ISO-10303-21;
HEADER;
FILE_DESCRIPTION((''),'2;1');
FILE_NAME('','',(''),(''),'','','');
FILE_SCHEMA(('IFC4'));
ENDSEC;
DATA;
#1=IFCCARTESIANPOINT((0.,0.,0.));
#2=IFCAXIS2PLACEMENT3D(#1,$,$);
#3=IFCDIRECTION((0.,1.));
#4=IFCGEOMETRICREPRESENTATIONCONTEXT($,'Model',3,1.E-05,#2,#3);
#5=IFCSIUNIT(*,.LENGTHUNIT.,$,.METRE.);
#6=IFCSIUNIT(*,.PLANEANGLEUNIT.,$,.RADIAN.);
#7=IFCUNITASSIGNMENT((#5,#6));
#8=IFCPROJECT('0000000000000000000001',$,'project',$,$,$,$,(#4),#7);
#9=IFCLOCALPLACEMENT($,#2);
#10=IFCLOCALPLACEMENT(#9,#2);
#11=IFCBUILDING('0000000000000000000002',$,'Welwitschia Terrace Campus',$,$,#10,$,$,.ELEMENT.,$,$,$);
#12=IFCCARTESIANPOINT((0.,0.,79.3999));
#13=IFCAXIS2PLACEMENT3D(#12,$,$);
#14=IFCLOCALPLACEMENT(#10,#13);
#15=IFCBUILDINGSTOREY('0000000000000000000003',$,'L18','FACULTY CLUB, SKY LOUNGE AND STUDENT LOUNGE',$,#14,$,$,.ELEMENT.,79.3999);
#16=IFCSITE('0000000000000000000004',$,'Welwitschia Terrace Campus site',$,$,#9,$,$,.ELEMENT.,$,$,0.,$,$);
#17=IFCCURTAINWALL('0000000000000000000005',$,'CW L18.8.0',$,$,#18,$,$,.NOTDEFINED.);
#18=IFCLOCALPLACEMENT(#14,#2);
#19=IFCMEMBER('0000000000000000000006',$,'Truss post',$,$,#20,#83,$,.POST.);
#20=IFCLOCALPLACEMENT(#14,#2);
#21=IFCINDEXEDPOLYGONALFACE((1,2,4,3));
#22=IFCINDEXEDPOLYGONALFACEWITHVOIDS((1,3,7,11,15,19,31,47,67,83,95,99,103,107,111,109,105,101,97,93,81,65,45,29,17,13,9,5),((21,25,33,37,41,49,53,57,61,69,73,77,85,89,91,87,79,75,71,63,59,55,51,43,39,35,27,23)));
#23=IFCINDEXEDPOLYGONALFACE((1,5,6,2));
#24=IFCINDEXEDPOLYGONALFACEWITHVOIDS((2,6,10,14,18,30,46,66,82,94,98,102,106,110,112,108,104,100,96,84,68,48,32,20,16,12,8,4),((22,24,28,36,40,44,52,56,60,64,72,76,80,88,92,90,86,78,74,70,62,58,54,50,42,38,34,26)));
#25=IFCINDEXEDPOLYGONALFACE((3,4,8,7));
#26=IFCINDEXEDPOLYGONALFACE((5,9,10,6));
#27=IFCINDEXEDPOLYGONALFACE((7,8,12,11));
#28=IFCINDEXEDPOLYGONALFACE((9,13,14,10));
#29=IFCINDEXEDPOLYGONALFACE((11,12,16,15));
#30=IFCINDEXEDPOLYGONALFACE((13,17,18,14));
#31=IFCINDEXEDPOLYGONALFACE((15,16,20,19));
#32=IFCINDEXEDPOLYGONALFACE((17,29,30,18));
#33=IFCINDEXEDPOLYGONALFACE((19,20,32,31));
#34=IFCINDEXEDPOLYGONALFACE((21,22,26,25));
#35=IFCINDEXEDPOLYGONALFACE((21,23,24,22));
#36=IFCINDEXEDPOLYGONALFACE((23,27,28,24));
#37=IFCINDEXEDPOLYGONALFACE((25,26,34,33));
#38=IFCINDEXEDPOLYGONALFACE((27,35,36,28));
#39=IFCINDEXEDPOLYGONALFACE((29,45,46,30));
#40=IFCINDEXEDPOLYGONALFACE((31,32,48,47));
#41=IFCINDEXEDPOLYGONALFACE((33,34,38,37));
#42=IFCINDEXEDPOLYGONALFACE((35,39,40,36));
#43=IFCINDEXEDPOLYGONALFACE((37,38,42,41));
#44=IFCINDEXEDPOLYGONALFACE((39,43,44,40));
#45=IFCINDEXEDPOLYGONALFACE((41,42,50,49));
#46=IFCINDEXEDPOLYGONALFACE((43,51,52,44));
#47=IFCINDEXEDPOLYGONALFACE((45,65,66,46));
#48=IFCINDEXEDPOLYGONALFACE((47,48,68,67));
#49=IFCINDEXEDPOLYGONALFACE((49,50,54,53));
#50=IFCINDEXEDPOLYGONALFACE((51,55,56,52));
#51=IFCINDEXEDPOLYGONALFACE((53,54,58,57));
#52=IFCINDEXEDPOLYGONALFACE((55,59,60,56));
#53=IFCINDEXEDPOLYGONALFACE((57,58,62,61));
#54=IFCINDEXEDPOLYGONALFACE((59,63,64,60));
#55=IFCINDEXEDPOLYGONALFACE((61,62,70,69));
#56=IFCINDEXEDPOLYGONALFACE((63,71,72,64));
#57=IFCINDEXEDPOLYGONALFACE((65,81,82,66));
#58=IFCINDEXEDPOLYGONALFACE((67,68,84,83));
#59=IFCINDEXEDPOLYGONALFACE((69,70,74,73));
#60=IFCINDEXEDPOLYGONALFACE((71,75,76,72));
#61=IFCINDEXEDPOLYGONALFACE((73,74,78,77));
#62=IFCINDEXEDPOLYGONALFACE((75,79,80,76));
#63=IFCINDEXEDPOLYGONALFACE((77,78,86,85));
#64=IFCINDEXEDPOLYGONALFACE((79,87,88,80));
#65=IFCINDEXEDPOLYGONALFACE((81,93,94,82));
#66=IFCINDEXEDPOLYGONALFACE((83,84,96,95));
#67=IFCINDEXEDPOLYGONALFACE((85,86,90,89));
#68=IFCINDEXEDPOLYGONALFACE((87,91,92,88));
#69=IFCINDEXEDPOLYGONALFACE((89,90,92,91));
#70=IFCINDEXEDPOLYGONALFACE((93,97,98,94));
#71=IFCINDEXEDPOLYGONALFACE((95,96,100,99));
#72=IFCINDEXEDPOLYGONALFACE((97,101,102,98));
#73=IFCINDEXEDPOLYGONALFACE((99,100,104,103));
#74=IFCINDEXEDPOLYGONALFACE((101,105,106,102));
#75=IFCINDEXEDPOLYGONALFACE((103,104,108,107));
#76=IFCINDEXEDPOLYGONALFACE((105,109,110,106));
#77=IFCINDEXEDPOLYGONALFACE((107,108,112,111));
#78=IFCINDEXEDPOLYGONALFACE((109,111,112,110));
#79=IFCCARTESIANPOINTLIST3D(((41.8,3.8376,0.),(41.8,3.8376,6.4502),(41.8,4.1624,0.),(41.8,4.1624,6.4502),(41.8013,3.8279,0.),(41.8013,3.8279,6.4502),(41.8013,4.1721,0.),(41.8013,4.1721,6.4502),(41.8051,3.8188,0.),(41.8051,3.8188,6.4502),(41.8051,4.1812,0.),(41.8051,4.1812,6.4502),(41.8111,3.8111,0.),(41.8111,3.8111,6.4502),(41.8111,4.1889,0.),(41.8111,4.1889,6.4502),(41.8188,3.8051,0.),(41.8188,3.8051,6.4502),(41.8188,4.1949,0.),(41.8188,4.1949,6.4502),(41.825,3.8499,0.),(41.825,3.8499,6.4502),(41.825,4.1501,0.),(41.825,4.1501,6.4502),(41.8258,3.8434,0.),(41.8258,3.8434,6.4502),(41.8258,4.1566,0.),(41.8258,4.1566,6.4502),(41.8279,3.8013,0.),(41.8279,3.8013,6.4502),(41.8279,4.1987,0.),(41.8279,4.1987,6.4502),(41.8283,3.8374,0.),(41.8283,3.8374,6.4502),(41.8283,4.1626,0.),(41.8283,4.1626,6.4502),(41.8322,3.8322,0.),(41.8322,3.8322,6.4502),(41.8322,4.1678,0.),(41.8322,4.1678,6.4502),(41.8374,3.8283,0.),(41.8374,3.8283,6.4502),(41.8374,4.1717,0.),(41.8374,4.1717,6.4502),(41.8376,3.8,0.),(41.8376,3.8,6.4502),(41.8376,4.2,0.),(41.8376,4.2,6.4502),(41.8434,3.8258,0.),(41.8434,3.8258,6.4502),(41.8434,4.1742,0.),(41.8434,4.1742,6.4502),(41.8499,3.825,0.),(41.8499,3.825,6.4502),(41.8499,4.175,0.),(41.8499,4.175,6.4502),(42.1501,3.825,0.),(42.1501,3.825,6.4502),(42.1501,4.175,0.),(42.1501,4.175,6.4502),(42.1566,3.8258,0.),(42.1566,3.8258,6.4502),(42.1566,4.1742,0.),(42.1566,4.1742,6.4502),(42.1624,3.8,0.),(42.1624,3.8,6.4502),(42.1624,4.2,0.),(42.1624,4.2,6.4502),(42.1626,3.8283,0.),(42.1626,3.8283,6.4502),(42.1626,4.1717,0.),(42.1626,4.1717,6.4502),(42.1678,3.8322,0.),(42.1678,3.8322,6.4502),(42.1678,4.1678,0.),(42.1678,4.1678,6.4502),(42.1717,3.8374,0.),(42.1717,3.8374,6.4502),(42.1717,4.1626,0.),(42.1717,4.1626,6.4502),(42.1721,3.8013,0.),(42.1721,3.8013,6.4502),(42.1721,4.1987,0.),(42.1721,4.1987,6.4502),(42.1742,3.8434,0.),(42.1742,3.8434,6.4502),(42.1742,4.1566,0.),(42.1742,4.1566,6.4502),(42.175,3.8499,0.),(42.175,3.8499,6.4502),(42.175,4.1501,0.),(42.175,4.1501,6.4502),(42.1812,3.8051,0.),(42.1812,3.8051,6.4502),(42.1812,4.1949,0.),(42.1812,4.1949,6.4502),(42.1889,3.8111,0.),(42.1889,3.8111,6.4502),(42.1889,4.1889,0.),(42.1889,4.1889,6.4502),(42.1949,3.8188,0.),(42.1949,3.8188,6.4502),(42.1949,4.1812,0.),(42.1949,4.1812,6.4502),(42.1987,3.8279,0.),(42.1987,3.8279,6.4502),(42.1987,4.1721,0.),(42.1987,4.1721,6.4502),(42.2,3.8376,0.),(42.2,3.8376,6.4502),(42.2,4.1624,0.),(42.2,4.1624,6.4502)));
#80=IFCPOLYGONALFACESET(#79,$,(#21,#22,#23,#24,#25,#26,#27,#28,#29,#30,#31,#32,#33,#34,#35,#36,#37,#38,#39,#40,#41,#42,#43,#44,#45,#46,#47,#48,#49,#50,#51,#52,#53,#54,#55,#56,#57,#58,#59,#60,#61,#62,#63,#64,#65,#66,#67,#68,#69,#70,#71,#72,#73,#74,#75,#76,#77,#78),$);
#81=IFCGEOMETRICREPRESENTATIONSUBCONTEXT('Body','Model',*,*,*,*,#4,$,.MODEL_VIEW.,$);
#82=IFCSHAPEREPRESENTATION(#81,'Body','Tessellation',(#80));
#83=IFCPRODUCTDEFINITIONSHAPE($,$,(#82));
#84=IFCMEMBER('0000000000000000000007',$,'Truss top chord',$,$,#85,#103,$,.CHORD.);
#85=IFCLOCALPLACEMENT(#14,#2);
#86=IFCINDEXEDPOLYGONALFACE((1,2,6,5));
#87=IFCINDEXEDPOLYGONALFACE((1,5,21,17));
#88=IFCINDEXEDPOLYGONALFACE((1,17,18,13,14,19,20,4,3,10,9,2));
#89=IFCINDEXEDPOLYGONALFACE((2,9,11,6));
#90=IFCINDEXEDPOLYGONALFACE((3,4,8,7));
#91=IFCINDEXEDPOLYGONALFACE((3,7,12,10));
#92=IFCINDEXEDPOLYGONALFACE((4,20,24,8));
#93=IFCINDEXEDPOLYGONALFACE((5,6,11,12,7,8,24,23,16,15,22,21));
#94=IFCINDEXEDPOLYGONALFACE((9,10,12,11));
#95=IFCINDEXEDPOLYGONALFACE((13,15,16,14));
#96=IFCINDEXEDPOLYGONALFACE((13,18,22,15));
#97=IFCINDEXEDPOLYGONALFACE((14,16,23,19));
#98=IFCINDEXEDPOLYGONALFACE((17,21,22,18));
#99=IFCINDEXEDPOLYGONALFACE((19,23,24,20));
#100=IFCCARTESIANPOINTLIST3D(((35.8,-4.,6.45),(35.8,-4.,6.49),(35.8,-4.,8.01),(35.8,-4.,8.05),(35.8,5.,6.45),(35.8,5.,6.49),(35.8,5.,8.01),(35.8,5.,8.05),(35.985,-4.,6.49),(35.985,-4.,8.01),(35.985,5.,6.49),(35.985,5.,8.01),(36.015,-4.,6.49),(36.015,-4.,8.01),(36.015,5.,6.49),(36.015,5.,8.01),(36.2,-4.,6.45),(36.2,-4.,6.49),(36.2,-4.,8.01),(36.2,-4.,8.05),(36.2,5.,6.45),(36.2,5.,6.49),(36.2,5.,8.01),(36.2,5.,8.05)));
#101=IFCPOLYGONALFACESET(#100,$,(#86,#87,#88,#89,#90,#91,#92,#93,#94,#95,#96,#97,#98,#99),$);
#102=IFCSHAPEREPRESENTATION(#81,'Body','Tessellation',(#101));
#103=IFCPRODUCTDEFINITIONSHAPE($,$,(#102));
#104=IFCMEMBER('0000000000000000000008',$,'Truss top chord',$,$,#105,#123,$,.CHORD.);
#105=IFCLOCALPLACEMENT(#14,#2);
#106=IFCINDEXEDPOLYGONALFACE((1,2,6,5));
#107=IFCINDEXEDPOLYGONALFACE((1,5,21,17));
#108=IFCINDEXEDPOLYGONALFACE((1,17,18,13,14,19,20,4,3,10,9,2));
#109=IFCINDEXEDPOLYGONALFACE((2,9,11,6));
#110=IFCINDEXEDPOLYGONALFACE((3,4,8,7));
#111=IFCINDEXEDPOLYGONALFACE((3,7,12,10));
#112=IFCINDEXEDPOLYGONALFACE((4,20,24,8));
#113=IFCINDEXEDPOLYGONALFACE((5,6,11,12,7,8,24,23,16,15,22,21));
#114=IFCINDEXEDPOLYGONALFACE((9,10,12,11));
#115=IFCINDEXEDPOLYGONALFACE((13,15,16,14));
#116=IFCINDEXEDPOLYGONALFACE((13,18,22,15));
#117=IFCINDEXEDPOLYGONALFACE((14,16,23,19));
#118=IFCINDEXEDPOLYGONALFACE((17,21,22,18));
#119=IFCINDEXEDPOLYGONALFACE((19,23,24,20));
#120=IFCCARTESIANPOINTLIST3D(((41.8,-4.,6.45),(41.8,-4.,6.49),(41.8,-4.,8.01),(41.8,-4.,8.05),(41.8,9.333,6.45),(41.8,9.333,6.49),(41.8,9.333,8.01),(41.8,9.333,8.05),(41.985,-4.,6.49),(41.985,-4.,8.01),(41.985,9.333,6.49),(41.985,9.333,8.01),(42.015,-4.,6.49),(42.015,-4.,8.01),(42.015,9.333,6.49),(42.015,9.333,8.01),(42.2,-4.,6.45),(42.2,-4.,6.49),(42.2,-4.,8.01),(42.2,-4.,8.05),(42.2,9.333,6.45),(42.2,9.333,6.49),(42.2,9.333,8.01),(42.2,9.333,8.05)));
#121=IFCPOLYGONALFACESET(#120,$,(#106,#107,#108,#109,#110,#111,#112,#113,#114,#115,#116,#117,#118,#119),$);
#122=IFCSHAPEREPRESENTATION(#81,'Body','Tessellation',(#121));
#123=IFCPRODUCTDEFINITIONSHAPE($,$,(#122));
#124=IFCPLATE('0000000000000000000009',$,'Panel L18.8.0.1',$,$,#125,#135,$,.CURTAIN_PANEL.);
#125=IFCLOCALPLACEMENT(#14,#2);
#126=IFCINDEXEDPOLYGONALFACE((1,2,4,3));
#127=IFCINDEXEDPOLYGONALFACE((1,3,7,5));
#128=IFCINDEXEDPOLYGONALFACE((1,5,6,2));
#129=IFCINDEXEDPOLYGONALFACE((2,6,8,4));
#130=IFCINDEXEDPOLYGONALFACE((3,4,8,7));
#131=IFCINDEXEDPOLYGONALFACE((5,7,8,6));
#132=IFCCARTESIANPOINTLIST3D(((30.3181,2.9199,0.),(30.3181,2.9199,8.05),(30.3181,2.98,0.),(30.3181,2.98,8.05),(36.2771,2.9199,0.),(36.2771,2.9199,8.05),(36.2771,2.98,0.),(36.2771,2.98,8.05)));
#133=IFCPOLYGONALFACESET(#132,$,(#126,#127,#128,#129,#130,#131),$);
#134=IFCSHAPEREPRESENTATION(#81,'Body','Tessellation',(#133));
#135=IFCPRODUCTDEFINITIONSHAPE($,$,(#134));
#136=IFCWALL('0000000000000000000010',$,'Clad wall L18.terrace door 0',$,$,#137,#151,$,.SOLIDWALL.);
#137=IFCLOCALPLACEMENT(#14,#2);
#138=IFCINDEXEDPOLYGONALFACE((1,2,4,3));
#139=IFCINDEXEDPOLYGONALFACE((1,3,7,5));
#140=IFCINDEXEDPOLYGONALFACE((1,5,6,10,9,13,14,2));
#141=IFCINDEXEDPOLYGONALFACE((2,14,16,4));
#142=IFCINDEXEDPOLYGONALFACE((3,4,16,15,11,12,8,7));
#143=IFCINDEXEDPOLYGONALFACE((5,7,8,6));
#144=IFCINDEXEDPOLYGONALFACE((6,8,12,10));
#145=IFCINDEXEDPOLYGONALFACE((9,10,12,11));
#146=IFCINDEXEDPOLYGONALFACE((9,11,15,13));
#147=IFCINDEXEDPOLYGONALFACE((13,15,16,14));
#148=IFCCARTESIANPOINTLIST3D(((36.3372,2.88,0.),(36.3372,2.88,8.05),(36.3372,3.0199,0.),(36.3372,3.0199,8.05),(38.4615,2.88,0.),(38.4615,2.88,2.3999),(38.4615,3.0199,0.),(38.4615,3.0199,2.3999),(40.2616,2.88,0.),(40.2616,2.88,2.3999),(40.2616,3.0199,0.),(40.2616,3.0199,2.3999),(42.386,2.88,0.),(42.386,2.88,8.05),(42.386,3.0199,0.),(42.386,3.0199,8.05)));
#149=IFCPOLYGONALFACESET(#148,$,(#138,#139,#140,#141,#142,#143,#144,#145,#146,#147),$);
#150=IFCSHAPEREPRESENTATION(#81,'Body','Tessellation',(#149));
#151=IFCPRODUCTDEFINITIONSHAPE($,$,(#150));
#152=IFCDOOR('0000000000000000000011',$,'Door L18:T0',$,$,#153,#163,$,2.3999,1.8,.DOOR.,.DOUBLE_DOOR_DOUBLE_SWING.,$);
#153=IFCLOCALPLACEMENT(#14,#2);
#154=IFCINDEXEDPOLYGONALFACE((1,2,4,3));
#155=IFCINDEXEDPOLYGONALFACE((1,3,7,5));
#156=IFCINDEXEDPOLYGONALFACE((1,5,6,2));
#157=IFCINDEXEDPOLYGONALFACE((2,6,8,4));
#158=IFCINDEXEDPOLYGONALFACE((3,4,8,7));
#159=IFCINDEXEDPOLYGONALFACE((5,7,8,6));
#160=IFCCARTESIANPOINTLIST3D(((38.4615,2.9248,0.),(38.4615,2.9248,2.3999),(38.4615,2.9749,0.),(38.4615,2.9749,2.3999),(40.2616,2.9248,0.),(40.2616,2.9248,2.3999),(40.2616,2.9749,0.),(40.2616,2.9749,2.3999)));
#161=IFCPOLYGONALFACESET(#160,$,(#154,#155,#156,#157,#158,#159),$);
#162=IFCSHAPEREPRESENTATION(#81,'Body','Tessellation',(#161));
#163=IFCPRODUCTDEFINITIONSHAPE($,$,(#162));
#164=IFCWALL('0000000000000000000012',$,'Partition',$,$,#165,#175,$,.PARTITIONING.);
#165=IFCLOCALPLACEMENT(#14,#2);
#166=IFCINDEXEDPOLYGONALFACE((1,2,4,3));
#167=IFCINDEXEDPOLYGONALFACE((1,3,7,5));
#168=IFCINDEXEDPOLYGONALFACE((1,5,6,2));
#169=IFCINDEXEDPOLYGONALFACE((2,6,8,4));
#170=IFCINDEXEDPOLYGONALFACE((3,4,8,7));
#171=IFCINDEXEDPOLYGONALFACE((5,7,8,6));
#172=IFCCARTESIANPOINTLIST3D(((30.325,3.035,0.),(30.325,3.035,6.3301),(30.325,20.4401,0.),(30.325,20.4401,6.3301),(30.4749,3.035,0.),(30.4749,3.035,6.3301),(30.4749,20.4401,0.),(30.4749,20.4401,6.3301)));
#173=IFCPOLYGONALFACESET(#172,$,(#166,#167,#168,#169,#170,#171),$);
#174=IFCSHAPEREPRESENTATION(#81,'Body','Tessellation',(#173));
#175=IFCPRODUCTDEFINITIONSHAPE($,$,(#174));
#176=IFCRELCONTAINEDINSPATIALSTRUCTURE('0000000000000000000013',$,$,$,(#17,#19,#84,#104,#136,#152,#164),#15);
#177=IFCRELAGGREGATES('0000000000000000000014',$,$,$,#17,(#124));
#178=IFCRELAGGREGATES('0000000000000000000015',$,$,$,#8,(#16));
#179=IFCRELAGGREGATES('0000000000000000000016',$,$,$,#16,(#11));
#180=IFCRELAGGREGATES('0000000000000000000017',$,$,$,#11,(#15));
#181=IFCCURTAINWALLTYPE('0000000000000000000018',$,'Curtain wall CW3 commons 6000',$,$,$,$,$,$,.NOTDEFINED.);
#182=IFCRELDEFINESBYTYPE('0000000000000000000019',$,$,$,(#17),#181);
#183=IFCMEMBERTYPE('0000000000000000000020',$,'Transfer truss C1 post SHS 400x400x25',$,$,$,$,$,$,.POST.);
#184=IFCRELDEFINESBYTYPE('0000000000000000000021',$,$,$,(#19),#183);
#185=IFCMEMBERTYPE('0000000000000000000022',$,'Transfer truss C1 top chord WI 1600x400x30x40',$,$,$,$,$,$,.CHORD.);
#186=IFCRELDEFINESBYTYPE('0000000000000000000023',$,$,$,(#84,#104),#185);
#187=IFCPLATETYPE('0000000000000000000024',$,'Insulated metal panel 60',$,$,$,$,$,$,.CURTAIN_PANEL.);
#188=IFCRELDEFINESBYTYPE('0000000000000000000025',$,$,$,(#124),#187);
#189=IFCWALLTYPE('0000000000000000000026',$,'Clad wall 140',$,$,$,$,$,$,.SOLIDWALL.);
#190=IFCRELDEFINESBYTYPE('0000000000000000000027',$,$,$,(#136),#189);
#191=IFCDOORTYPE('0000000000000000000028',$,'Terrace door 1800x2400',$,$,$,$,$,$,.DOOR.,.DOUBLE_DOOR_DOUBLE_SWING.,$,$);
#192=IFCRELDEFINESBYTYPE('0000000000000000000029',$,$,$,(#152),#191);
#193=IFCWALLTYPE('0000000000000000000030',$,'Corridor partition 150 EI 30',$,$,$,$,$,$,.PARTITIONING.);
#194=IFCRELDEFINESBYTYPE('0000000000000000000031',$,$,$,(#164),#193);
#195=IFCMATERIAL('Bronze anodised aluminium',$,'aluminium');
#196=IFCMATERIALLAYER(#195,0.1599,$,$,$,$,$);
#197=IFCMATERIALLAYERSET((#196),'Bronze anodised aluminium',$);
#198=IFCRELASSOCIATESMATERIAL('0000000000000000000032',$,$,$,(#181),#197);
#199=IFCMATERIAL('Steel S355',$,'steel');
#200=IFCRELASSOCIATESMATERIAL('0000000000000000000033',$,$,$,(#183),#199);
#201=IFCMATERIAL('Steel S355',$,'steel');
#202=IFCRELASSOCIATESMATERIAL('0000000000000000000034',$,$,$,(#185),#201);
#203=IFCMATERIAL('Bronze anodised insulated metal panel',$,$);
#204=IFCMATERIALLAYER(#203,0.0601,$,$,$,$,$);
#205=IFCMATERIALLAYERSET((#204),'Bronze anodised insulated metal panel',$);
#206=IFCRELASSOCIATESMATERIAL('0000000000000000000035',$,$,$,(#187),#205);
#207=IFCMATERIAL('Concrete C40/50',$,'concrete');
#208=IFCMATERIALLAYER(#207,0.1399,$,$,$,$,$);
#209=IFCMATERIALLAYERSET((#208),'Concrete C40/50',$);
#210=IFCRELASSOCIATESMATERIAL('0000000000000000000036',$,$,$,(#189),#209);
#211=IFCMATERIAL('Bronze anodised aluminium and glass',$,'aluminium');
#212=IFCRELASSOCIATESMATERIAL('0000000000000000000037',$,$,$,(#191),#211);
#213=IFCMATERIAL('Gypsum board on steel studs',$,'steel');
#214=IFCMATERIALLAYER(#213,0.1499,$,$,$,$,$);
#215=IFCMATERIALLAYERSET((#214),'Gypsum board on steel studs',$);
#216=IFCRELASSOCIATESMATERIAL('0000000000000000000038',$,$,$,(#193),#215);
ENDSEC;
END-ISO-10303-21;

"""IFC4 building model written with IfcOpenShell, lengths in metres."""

from ifc_helpers import new_model, si_unit, direction, frame, frame_2d, origin, origin_2d, place, context, subcontext, project, spatial, rectangle, hollow_rectangle, i_section, extrude, material, layer, layer_set, material_profile, profile_set, type_object, element, fill, aggregate, save


model = new_model("IFC4")

# Units and contexts
model_context = context("Model", 3, precision=1e-05, world=origin(), true_north=direction((0.0, 1.0)))
body_context = subcontext(model_context, "Body", "Model", "MODEL_VIEW")
ifc_project = project(units=[si_unit("LENGTHUNIT", "METRE"), si_unit("PLANEANGLEUNIT", "RADIAN")], contexts=[model_context])

# Site, building, storey
site_placement = place(None, origin())
site = spatial("IfcSite", under=ifc_project, at=site_placement, Name="Welwitschia Terrace Campus site", CompositionType="ELEMENT", RefElevation=0.0)
building_placement = place(site_placement, origin())
building = spatial("IfcBuilding", under=site, at=building_placement, Name="Welwitschia Terrace Campus", CompositionType="ELEMENT")
storey_placement = place(building_placement, frame((0.0, 0.0, 79.3999)))
storey = spatial("IfcBuildingStorey", under=building, at=storey_placement, Name="L18", Description="FACULTY CLUB, SKY LOUNGE AND STUDENT LOUNGE", CompositionType="ELEMENT", Elevation=79.3999)

# Curtain wall
ifc_material_1 = material(Name="Bronze anodised aluminium", Category="aluminium")
ifc_layer_1 = layer(ifc_material_1, 0.1599)
ifc_layer_set_1 = layer_set([ifc_layer_1], Name="Bronze anodised aluminium")
curtain_wall_type = type_object("IfcCurtainWallType", Name="Curtain wall CW3 commons 6000", PredefinedType="NOTDEFINED", material=ifc_layer_set_1)
curtain_wall_placement = place(storey_placement, origin())
curtain_wall = element("IfcCurtainWall", 1, at=curtain_wall_placement, inside=storey, type_object=curtain_wall_type, Name="CW L18.8.0", PredefinedType="NOTDEFINED")

# Members
ifc_material_2 = material(Name="Steel S355", Category="steel")
ifc_material_profile_1 = material_profile(ifc_material_2, hollow_rectangle(XDim=0.3999, YDim=0.3999, WallThickness=0.0249, InnerFilletRadius=0.0249, OuterFilletRadius=0.0376, at=origin_2d()))
ifc_profile_set_1 = profile_set([ifc_material_profile_1], Name="Steel S355")
member_type_1 = type_object("IfcMemberType", Name="Transfer truss C1 post SHS 400x400x25", PredefinedType="POST", material=ifc_profile_set_1)
for number, where, z_axis, x_axis, name in (
    (2, (42.0, 4.0, 0.0), (0.0, 0.0, 1.0), (1.0, 0.0, 0.0), "Truss post"),
):
    element("IfcMember", number, at=place(storey_placement, frame(where, z_axis=z_axis, x_axis=x_axis)), inside=storey, type_object=member_type_1, Name=name, PredefinedType="POST", context=body_context, shape_type="SweptSolid", body=[
        extrude(hollow_rectangle(XDim=0.3999, YDim=0.3999, WallThickness=0.0249, InnerFilletRadius=0.0249, OuterFilletRadius=0.0376, at=origin_2d()), origin(), (0.0, 0.0, 1.0), 6.4502),
    ])
ifc_material_3 = material(Name="Steel S355", Category="steel")
ifc_material_profile_2 = material_profile(ifc_material_3, i_section(OverallWidth=0.3999, OverallDepth=1.6001, WebThickness=0.03, FlangeThickness=0.04, at=origin_2d()))
ifc_profile_set_2 = profile_set([ifc_material_profile_2], Name="Steel S355")
member_type_2 = type_object("IfcMemberType", Name="Transfer truss C1 top chord WI 1600x400x30x40", PredefinedType="CHORD", material=ifc_profile_set_2)
member_1_placement = place(storey_placement, frame((36.0, -4.0, 7.25), z_axis=(0.0, 1.0, 0.0), x_axis=(-1.0, 0.0, 0.0)))
element("IfcMember", 3, at=member_1_placement, inside=storey, type_object=member_type_2, Name="Truss top chord", PredefinedType="CHORD", context=body_context, shape_type="SweptSolid", body=[
    extrude(i_section(OverallWidth=0.3999, OverallDepth=1.6001, WebThickness=0.03, FlangeThickness=0.04, at=origin_2d()), origin(), (0.0, 0.0, 1.0), 9.0),
])
member_2_placement = place(storey_placement, frame((42.0, -4.0, 7.25), z_axis=(0.0, 1.0, 0.0), x_axis=(-1.0, 0.0, 0.0)))
element("IfcMember", 4, at=member_2_placement, inside=storey, type_object=member_type_2, Name="Truss top chord", PredefinedType="CHORD", context=body_context, shape_type="SweptSolid", body=[
    extrude(i_section(OverallWidth=0.3999, OverallDepth=1.6001, WebThickness=0.03, FlangeThickness=0.04, at=origin_2d()), origin(), (0.0, 0.0, 1.0), 13.333),
])

# Plate
ifc_material_4 = material(Name="Bronze anodised insulated metal panel")
ifc_layer_2 = layer(ifc_material_4, 0.0601)
ifc_layer_set_2 = layer_set([ifc_layer_2], Name="Bronze anodised insulated metal panel")
plate_type = type_object("IfcPlateType", Name="Insulated metal panel 60", PredefinedType="CURTAIN_PANEL", material=ifc_layer_set_2)
plate_placement = place(storey_placement, frame((33.2976, 2.95, 0.0), z_axis=(0.0, 0.0, 1.0), x_axis=(1.0, 0.0, 0.0)))
plate = element("IfcPlate", 5, at=plate_placement, type_object=plate_type, Name="Panel L18.8.0.1", PredefinedType="CURTAIN_PANEL", context=body_context, shape_type="SweptSolid", body=[
    extrude(rectangle(XDim=5.959, YDim=0.0601, at=origin_2d()), origin(), (0.0, 0.0, 1.0), 8.05),
])
aggregate(curtain_wall, [plate])

# Wall, opening, door
ifc_material_5 = material(Name="Concrete C40/50", Category="concrete")
ifc_layer_3 = layer(ifc_material_5, 0.1399)
ifc_layer_set_3 = layer_set([ifc_layer_3], Name="Concrete C40/50")
wall_type_1 = type_object("IfcWallType", Name="Clad wall 140", PredefinedType="SOLIDWALL", material=ifc_layer_set_3)
wall_1_placement = place(storey_placement, frame((36.3372, 2.95, 0.0), z_axis=(0.0, 0.0, 1.0), x_axis=(1.0, 0.0, 0.0)))
wall_1 = element("IfcWall", 6, at=wall_1_placement, inside=storey, type_object=wall_type_1, Name="Clad wall L18.terrace door 0", PredefinedType="SOLIDWALL", context=body_context, shape_type="SweptSolid", body=[
    extrude(rectangle(XDim=6.0488, YDim=0.1399, at=frame_2d((3.0244, 0.0))), origin(), (0.0, 0.0, 1.0), 8.05),
])
opening_placement = place(wall_1_placement, frame((2.1245, 0.0, 0.0)))
opening = element("IfcOpeningElement", 7, at=opening_placement, cuts=wall_1, PredefinedType="OPENING", context=body_context, shape_type="SweptSolid", body=[
    extrude(rectangle(XDim=1.8, YDim=2.3999, at=frame_2d((0.8999, 1.2))), frame((0.0, 0.0798, 0.0), z_axis=(0.0, -1.0, 0.0), x_axis=(1.0, 0.0, 0.0)), (0.0, 0.0, 1.0), 0.1599),
])
ifc_material_6 = material(Name="Bronze anodised aluminium and glass", Category="aluminium")
door_type = type_object("IfcDoorType", Name="Terrace door 1800x2400", OperationType="DOUBLE_DOOR_DOUBLE_SWING", PredefinedType="DOOR", material=ifc_material_6)
door_placement = place(opening_placement, origin())
door = element("IfcDoor", 8, at=door_placement, inside=storey, type_object=door_type, Name="Door L18:T0", OperationType="DOUBLE_DOOR_DOUBLE_SWING", OverallHeight=2.3999, OverallWidth=1.8, PredefinedType="DOOR", context=body_context, shape_type="SweptSolid", body=[
    extrude(rectangle(XDim=1.8, YDim=2.3999, at=frame_2d((0.8999, 1.2))), frame((0.0, 0.0249, 0.0), z_axis=(0.0, -1.0, 0.0), x_axis=(1.0, 0.0, 0.0)), (0.0, 0.0, 1.0), 0.05),
])
fill(opening, door)

# Wall
ifc_material_7 = material(Name="Gypsum board on steel studs", Category="steel")
ifc_layer_4 = layer(ifc_material_7, 0.1499)
ifc_layer_set_4 = layer_set([ifc_layer_4], Name="Gypsum board on steel studs")
wall_type_2 = type_object("IfcWallType", Name="Corridor partition 150 EI 30", PredefinedType="PARTITIONING", material=ifc_layer_set_4)
wall_2_placement = place(storey_placement, frame((30.3999, 3.0349, 0.0), z_axis=(0.0, 0.0, 1.0), x_axis=(0.0, 1.0, 0.0)))
element("IfcWall", 9, at=wall_2_placement, inside=storey, type_object=wall_type_2, Name="Partition", PredefinedType="PARTITIONING", context=body_context, shape_type="SweptSolid", body=[
    extrude(rectangle(XDim=17.405, YDim=0.1499, at=frame_2d((8.7026, 0.0))), origin(), (0.0, 0.0, 1.0), 6.3301),
])

save(model, "model.ifc")
